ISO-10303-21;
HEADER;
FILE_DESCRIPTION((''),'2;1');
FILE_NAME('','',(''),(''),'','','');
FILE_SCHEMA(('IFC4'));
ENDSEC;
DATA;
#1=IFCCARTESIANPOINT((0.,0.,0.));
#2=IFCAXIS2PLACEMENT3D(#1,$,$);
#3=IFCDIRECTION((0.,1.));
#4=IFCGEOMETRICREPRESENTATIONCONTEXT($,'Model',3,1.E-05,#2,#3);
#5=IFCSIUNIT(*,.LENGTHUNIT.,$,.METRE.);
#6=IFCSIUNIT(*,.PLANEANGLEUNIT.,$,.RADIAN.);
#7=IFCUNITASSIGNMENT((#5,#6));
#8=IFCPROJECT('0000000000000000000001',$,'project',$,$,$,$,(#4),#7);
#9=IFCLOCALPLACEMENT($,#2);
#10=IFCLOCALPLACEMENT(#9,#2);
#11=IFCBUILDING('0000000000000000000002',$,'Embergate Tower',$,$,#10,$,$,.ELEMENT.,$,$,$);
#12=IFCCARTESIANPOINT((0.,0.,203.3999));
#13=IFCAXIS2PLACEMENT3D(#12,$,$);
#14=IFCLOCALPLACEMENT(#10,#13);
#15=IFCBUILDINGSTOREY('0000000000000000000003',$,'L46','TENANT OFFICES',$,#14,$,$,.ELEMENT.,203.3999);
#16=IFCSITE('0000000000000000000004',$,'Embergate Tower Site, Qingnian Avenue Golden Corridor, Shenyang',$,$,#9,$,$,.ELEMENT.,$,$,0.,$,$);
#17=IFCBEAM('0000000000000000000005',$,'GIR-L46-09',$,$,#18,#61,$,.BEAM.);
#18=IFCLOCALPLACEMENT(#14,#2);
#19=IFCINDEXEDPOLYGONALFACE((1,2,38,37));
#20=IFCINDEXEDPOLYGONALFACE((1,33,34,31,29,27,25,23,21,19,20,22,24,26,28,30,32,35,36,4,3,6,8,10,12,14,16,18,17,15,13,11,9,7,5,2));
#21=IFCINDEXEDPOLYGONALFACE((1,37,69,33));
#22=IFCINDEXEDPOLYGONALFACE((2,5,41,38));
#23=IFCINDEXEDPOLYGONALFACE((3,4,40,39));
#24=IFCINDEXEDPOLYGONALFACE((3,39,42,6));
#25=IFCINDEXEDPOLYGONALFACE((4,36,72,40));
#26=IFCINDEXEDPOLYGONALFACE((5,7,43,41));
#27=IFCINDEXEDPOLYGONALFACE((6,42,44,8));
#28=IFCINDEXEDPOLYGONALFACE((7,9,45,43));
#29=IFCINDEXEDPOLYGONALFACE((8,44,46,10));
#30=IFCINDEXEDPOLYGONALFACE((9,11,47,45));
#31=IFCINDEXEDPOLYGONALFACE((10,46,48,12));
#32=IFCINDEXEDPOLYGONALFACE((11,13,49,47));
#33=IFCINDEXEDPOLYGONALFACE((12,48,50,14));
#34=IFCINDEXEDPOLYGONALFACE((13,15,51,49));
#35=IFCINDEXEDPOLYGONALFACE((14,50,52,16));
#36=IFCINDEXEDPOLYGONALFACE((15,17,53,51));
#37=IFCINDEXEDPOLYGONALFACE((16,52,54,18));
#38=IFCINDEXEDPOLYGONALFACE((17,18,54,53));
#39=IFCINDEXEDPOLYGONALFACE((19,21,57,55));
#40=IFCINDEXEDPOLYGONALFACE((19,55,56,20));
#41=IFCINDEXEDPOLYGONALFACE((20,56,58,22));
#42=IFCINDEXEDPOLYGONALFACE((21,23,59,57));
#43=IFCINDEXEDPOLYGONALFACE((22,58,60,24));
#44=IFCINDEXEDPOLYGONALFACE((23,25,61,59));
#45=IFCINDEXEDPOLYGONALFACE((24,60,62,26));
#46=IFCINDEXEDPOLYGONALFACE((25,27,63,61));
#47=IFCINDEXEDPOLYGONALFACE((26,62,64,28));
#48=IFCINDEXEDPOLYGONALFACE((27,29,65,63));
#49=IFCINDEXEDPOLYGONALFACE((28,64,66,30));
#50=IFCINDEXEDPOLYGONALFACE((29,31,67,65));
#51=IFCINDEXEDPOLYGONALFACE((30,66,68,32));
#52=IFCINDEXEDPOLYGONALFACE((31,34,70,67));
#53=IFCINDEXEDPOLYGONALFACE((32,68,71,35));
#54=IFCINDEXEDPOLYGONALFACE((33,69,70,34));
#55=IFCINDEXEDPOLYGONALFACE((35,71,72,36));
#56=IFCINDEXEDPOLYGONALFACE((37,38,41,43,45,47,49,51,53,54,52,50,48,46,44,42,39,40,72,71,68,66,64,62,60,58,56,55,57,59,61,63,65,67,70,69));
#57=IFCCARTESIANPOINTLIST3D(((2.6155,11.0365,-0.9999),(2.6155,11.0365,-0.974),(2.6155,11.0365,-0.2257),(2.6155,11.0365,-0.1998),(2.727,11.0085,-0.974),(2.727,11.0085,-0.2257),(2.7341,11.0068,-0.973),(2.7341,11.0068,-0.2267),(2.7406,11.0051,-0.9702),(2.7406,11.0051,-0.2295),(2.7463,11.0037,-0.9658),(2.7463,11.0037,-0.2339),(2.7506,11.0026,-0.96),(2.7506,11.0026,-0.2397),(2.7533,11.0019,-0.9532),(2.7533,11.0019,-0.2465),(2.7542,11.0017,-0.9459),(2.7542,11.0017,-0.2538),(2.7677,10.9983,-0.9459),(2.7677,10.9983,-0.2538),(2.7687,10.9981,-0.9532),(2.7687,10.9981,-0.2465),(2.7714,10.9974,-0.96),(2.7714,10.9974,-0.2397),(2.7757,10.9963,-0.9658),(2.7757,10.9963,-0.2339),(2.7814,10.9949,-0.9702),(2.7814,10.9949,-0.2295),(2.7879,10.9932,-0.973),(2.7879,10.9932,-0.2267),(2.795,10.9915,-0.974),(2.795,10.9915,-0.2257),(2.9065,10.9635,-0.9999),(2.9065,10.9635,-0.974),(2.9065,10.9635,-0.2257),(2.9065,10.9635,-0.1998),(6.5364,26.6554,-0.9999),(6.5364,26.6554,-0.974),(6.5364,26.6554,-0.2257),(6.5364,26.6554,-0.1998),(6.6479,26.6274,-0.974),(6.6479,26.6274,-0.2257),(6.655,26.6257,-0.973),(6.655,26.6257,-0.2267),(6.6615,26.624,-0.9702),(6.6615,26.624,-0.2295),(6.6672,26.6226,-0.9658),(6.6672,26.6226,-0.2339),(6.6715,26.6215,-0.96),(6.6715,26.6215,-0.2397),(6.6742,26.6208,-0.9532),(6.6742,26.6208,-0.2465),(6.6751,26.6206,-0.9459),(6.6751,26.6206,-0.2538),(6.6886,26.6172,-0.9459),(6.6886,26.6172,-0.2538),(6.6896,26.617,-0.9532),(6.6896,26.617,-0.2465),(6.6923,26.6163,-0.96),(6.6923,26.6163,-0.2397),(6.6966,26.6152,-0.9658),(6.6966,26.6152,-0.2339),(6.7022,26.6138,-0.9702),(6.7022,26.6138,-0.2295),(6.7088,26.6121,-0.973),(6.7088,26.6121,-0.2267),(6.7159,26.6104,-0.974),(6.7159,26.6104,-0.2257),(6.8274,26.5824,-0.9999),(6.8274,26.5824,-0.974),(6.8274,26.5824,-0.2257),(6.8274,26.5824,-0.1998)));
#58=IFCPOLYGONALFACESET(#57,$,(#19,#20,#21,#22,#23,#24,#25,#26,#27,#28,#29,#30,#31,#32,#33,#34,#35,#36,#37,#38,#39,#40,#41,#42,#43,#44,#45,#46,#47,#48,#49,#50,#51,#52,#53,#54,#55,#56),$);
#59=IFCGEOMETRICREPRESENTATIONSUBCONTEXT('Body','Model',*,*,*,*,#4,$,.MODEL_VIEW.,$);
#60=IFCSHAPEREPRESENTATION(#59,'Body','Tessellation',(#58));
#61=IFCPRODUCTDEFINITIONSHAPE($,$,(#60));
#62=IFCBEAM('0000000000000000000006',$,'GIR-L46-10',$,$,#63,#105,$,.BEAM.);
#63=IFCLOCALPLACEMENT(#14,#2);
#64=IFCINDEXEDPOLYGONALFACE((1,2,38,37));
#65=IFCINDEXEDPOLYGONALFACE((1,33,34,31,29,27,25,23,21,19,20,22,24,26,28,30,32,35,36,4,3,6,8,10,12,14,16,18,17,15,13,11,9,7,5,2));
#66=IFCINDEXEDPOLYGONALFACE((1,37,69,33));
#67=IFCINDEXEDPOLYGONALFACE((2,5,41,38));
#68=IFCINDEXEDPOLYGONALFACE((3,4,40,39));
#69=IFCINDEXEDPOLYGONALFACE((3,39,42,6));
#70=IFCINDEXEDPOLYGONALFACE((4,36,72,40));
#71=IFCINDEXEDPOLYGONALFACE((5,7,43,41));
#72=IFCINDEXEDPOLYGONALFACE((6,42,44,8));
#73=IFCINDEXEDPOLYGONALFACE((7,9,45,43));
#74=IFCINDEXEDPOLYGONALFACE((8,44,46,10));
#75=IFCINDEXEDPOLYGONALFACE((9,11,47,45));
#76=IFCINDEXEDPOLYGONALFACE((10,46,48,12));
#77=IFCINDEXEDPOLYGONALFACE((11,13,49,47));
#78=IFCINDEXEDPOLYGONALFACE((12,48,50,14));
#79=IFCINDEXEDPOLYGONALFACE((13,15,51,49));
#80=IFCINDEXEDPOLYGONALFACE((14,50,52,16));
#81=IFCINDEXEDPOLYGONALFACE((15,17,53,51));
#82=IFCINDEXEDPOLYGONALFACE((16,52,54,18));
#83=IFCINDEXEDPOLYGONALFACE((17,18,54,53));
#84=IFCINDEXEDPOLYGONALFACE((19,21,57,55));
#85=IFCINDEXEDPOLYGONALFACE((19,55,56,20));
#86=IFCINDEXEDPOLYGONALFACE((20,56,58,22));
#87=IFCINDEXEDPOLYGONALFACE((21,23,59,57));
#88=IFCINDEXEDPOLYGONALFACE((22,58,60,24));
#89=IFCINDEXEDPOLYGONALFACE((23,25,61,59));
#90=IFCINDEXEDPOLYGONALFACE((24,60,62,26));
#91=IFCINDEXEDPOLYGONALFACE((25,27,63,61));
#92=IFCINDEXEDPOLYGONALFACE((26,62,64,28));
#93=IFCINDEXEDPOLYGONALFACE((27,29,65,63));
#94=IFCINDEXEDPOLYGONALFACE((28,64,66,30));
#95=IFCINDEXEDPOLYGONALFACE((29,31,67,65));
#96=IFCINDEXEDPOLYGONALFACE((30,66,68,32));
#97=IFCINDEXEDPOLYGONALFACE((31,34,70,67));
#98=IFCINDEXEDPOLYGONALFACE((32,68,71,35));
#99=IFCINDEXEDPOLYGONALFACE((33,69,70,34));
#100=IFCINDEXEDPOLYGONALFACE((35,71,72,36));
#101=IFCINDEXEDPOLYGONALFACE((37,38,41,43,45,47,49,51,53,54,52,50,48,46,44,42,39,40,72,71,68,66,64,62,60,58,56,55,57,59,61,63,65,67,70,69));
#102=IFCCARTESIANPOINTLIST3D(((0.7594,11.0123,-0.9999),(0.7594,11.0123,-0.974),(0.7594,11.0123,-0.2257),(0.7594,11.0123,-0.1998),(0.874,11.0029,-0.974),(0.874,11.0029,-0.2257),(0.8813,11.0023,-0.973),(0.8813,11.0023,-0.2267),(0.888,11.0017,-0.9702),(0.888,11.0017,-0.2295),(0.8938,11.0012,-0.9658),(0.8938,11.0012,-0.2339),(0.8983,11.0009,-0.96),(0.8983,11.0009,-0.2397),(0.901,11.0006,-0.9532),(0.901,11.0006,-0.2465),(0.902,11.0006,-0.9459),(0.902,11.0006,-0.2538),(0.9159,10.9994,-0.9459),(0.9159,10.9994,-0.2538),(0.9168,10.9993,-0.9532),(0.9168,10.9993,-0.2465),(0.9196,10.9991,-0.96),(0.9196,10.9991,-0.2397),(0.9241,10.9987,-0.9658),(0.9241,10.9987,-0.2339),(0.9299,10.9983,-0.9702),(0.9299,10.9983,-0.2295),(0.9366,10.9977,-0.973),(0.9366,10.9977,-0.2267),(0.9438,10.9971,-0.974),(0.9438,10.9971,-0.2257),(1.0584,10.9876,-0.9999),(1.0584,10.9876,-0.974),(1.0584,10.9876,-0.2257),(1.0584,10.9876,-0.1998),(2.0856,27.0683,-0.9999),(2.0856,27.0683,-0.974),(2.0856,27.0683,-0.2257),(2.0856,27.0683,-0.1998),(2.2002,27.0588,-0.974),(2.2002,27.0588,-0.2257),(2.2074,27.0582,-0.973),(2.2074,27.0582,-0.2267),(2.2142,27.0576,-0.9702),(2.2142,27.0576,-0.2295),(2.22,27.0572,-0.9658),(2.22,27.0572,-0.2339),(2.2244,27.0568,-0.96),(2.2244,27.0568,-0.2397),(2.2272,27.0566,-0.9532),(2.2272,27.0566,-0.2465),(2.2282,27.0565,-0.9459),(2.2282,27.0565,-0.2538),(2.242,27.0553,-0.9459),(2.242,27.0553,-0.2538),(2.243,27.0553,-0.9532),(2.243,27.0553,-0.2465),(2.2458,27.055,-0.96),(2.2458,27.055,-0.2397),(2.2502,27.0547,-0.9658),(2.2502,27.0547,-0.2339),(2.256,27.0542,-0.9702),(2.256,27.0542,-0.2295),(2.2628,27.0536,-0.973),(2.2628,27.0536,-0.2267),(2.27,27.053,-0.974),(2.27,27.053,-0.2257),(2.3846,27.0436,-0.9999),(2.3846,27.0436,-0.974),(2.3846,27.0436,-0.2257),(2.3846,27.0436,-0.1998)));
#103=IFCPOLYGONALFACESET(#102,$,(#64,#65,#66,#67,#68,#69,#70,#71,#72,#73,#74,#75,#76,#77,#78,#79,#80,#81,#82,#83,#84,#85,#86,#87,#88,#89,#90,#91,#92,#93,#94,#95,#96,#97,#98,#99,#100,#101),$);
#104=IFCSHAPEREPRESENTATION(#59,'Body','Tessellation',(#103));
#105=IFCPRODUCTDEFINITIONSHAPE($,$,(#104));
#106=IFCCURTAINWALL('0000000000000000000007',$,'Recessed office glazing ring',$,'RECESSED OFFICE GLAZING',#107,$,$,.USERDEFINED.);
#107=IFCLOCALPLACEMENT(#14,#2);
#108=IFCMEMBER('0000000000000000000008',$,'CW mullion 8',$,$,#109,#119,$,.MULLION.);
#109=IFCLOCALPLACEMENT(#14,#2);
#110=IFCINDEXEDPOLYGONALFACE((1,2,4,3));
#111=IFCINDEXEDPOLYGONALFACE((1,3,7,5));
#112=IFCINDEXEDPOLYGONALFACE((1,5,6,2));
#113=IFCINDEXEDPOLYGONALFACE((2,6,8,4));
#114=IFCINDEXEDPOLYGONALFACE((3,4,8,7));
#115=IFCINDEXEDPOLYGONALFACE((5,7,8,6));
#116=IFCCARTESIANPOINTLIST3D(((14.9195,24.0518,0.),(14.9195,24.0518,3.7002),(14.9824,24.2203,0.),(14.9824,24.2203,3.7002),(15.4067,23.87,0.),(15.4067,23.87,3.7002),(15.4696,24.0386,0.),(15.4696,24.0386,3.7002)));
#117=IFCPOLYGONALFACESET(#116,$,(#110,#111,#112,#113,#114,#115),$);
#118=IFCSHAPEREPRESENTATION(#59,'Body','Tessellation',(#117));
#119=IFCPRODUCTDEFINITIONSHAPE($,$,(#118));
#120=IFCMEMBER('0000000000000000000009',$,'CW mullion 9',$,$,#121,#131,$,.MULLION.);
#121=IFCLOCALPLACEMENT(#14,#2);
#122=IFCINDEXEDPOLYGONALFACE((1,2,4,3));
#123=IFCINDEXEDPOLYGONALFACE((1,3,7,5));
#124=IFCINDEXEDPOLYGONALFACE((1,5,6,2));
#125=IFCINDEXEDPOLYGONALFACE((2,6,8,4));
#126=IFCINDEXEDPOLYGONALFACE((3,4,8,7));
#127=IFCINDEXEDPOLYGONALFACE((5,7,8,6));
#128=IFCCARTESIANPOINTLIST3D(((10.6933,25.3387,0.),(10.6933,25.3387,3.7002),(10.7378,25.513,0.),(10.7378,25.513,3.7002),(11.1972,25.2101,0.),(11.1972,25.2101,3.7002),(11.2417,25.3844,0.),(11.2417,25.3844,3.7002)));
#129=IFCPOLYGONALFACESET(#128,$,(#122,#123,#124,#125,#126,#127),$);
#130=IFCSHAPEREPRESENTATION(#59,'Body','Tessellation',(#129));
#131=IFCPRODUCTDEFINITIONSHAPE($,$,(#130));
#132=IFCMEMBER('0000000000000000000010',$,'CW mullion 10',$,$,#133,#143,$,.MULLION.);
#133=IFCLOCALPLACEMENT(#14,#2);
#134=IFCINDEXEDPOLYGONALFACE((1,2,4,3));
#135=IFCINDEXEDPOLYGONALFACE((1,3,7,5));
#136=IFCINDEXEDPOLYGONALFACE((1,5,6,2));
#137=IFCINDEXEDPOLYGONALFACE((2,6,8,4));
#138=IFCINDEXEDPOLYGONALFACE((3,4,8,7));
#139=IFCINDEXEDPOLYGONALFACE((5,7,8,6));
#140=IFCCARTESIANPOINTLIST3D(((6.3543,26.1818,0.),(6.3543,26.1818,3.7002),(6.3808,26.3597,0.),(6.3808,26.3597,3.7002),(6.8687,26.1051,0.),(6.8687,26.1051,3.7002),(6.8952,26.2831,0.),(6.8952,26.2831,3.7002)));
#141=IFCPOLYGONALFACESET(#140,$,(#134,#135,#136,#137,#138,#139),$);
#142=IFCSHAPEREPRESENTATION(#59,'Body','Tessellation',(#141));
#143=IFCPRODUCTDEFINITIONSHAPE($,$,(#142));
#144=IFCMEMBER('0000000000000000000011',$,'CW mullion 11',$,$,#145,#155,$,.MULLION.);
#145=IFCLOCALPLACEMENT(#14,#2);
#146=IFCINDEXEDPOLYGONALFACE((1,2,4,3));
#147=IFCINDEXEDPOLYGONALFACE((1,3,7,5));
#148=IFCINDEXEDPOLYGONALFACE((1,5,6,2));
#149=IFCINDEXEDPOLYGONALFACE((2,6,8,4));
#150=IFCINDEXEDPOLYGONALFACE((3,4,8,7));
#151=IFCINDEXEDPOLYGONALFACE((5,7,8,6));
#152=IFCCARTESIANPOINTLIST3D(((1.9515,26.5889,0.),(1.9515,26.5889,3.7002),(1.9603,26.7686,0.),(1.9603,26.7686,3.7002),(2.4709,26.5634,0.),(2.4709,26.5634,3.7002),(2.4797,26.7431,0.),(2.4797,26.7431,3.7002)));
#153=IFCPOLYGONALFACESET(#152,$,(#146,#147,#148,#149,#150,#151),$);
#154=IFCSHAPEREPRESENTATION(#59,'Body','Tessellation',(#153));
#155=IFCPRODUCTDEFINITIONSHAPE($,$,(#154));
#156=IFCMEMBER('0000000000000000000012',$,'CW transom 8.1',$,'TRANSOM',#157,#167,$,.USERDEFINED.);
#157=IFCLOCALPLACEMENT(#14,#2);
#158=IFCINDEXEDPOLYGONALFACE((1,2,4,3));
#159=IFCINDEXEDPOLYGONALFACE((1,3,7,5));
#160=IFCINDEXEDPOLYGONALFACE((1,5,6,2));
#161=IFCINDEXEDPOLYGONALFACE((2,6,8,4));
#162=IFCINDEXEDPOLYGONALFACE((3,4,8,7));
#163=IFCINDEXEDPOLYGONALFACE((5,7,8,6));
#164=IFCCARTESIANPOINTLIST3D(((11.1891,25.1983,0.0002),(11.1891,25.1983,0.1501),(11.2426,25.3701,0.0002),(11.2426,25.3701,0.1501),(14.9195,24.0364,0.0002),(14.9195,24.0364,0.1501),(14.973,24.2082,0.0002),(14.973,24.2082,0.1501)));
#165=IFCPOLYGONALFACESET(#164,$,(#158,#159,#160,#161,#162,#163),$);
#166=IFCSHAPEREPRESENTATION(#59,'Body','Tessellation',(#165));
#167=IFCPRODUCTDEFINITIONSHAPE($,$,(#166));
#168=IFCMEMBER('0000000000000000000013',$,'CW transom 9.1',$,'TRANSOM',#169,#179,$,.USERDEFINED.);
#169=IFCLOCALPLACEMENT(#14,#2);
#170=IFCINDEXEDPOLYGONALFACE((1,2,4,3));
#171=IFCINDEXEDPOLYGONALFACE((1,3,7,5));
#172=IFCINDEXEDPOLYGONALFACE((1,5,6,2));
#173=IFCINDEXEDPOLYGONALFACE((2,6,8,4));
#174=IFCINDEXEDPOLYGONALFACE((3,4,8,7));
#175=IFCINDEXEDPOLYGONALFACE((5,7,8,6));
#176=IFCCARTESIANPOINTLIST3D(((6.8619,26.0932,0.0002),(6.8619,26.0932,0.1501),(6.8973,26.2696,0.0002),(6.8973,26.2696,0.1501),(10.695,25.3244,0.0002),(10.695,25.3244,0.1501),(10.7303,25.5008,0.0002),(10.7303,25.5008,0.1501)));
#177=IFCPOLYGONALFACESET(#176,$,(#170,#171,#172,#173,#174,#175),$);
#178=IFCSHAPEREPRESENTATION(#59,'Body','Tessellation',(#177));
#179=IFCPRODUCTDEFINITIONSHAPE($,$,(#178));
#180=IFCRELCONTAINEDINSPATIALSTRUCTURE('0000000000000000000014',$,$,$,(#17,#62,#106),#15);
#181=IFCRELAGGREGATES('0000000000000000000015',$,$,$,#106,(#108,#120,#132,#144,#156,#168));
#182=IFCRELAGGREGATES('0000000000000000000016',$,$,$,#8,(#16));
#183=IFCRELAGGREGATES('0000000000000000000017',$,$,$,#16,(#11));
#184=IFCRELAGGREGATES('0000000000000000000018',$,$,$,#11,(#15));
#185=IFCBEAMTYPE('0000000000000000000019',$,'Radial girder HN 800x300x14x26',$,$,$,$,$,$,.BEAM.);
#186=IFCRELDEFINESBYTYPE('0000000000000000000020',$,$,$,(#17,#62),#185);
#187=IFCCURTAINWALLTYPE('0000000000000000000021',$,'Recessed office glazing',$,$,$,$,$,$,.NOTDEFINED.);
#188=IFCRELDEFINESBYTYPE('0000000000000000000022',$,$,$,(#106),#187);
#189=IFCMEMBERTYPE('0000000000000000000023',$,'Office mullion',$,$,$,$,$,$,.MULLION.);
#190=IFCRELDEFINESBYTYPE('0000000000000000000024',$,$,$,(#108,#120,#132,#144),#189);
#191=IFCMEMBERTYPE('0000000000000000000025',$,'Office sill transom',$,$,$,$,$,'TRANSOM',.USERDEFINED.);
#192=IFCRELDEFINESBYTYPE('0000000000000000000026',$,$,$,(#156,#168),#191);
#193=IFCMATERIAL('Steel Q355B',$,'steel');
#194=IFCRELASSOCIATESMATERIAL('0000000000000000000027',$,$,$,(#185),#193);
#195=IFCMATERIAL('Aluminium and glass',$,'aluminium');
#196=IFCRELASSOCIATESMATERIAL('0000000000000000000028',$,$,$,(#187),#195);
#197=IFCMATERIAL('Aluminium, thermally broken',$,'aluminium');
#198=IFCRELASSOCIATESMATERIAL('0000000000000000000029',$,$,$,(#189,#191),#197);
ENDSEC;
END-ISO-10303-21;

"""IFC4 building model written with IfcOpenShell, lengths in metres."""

from ifc_helpers import new_model, si_unit, direction, frame, origin, origin_2d, place, context, subcontext, project, spatial, rectangle, i_section, extrude, source, transform, mapped, material, material_profile, profile_set, type_object, element, aggregate, save


model = new_model("IFC4")

# Units and contexts
model_context = context("Model", 3, precision=1e-05, world=origin(), true_north=direction((0.0, 1.0)))
body_context = subcontext(model_context, "Body", "Model", "MODEL_VIEW")
ifc_project = project(units=[si_unit("LENGTHUNIT", "METRE"), si_unit("PLANEANGLEUNIT", "RADIAN")], contexts=[model_context])

# Site, building, storey
site_placement = place(None, origin())
site = spatial("IfcSite", under=ifc_project, at=site_placement, Name="Embergate Tower Site, Qingnian Avenue Golden Corridor, Shenyang", CompositionType="ELEMENT", RefElevation=0.0)
building_placement = place(site_placement, origin())
building = spatial("IfcBuilding", under=site, at=building_placement, Name="Embergate Tower", CompositionType="ELEMENT")
storey_placement = place(building_placement, frame((0.0, 0.0, 203.3999)))
storey = spatial("IfcBuildingStorey", under=building, at=storey_placement, Name="L46", Description="TENANT OFFICES", CompositionType="ELEMENT", Elevation=203.3999)

# Beams
ifc_material_1 = material(Name="Steel Q355B", Category="steel")
ifc_material_profile_1 = material_profile(ifc_material_1, i_section(OverallWidth=0.3, OverallDepth=0.8, WebThickness=0.0139, FlangeThickness=0.0259, FilletRadius=0.0281, at=origin_2d()), Name="HN 800x300x14x26")
ifc_profile_set_1 = profile_set([ifc_material_profile_1], Name="Steel Q355 grade B")
beam_type_1 = type_object("IfcBeamType", Name="Radial girder HN 800x300x14x26", PredefinedType="BEAM", material=ifc_profile_set_1)
shared_shape_1 = source(origin(), body_context, "Body", "SweptSolid", [
    extrude(i_section(OverallWidth=0.3, OverallDepth=0.8, WebThickness=0.0139, FlangeThickness=0.0259, FilletRadius=0.0281, at=origin_2d()), origin(), (0.0, 0.0, 1.0), 16.1035),
])
beam_1_placement = place(storey_placement, frame((6.6819, 26.6189, -0.5999), z_axis=(-0.243481, -0.969906, 0.0), x_axis=(0.969906, -0.243481, 0.0)))
element("IfcBeam", 1, at=beam_1_placement, inside=storey, type_object=beam_type_1, Name="GIR-L46-09", PredefinedType="BEAM", context=body_context, shape_type="MappedRepresentation", body=[
    mapped(shared_shape_1, transform((0.0, 0.0, 0.0))),
])
shared_shape_2 = source(origin(), body_context, "Body", "SweptSolid", [
    extrude(i_section(OverallWidth=0.3, OverallDepth=0.8, WebThickness=0.0139, FlangeThickness=0.0259, FilletRadius=0.0281, at=origin_2d()), origin(), (0.0, 0.0, 1.0), 16.1106),
])
beam_2_placement = place(storey_placement, frame((2.2351, 27.0559, -0.5999), z_axis=(-0.082317, -0.996606, 0.0), x_axis=(0.996606, -0.082317, 0.0)))
element("IfcBeam", 2, at=beam_2_placement, inside=storey, type_object=beam_type_1, Name="GIR-L46-10", PredefinedType="BEAM", context=body_context, shape_type="MappedRepresentation", body=[
    mapped(shared_shape_2, transform((0.0, 0.0, 0.0))),
])

# Curtain wall, members
ifc_material_2 = material(Name="Aluminium and glass", Category="aluminium")
curtain_wall_type = type_object("IfcCurtainWallType", Name="Recessed office glazing", PredefinedType="NOTDEFINED", material=ifc_material_2)
curtain_wall_placement = place(storey_placement, origin())
curtain_wall = element("IfcCurtainWall", 3, at=curtain_wall_placement, inside=storey, type_object=curtain_wall_type, Name="Recessed office glazing ring", ObjectType="RECESSED OFFICE GLAZING", PredefinedType="USERDEFINED")
ifc_material_3 = material(Name="Aluminium, thermally broken", Category="aluminium")
ifc_material_profile_2 = material_profile(ifc_material_3, rectangle(XDim=0.1799, YDim=0.52, at=origin_2d()), Name="AL 520x180")
ifc_profile_set_2 = profile_set([ifc_material_profile_2], Name="Aluminium, thermally broken")
member_type_1 = type_object("IfcMemberType", Name="Office mullion", PredefinedType="MULLION", material=ifc_profile_set_2)
shared_shape_3 = source(origin(), body_context, "Body", "SweptSolid", [
    extrude(rectangle(XDim=0.1799, YDim=0.52, at=origin_2d()), origin(), (0.0, 0.0, 1.0), 3.7002),
])
member_1_placement = place(storey_placement, frame((15.1946, 24.0452, 0.0), z_axis=(0.0, 0.0, 1.0), x_axis=(-0.349511, -0.936932, 0.0)))
member_1 = element("IfcMember", 4, at=member_1_placement, type_object=member_type_1, Name="CW mullion 8", PredefinedType="MULLION", context=body_context, shape_type="MappedRepresentation", body=[
    mapped(shared_shape_3, transform((0.0, 0.0, 0.0))),
])
member_2_placement = place(storey_placement, frame((10.9675, 25.3616, 0.0), z_axis=(0.0, 0.0, 1.0), x_axis=(-0.247319, -0.968934, 0.0)))
member_2 = element("IfcMember", 5, at=member_2_placement, type_object=member_type_1, Name="CW mullion 9", PredefinedType="MULLION", context=body_context, shape_type="MappedRepresentation", body=[
    mapped(shared_shape_3, transform((0.0, 0.0, 0.0))),
])
member_3_placement = place(storey_placement, frame((6.6248, 26.2324, 0.0), z_axis=(0.0, 0.0, 1.0), x_axis=(-0.147416, -0.989075, 0.0)))
member_3 = element("IfcMember", 6, at=member_3_placement, type_object=member_type_1, Name="CW mullion 10", PredefinedType="MULLION", context=body_context, shape_type="MappedRepresentation", body=[
    mapped(shared_shape_3, transform((0.0, 0.0, 0.0))),
])
member_4_placement = place(storey_placement, frame((2.2156, 26.666, 0.0), z_axis=(0.0, 0.0, 1.0), x_axis=(-0.048972, -0.9988, 0.0)))
member_4 = element("IfcMember", 7, at=member_4_placement, type_object=member_type_1, Name="CW mullion 11", PredefinedType="MULLION", context=body_context, shape_type="MappedRepresentation", body=[
    mapped(shared_shape_3, transform((0.0, 0.0, 0.0))),
])
ifc_material_profile_3 = material_profile(ifc_material_3, rectangle(XDim=0.1799, YDim=0.1499, at=origin_2d()), Name="AL 150x180")
ifc_profile_set_3 = profile_set([ifc_material_profile_3], Name="Aluminium, thermally broken")
member_type_2 = type_object("IfcMemberType", Name="Office sill transom", ElementType="TRANSOM", PredefinedType="USERDEFINED", material=ifc_profile_set_3)
shared_shape_4 = source(origin(), body_context, "Body", "SweptSolid", [
    extrude(rectangle(XDim=0.1799, YDim=0.1499, at=origin_2d()), origin(), (0.0, 0.0, 1.0), 3.9072),
])
member_5_placement = place(storey_placement, frame((14.9463, 24.1223, 0.0752), z_axis=(-0.954764, 0.297364, 0.0), x_axis=(-0.297364, -0.954764, 0.0)))
member_5 = element("IfcMember", 8, at=member_5_placement, type_object=member_type_2, Name="CW transom 8.1", ObjectType="TRANSOM", PredefinedType="USERDEFINED", context=body_context, shape_type="MappedRepresentation", body=[
    mapped(shared_shape_4, transform((0.0, 0.0, 0.0))),
])
shared_shape_5 = source(origin(), body_context, "Body", "SweptSolid", [
    extrude(rectangle(XDim=0.1799, YDim=0.1499, at=origin_2d()), origin(), (0.0, 0.0, 1.0), 3.9094),
])
member_6_placement = place(storey_placement, frame((10.7126, 25.4126, 0.0752), z_axis=(-0.980472, 0.196657, 0.0), x_axis=(-0.196657, -0.980472, 0.0)))
member_6 = element("IfcMember", 9, at=member_6_placement, type_object=member_type_2, Name="CW transom 9.1", ObjectType="TRANSOM", PredefinedType="USERDEFINED", context=body_context, shape_type="MappedRepresentation", body=[
    mapped(shared_shape_5, transform((0.0, 0.0, 0.0))),
])
aggregate(curtain_wall, [member_1, member_2, member_3, member_4, member_5, member_6])

save(model, "model.ifc")
